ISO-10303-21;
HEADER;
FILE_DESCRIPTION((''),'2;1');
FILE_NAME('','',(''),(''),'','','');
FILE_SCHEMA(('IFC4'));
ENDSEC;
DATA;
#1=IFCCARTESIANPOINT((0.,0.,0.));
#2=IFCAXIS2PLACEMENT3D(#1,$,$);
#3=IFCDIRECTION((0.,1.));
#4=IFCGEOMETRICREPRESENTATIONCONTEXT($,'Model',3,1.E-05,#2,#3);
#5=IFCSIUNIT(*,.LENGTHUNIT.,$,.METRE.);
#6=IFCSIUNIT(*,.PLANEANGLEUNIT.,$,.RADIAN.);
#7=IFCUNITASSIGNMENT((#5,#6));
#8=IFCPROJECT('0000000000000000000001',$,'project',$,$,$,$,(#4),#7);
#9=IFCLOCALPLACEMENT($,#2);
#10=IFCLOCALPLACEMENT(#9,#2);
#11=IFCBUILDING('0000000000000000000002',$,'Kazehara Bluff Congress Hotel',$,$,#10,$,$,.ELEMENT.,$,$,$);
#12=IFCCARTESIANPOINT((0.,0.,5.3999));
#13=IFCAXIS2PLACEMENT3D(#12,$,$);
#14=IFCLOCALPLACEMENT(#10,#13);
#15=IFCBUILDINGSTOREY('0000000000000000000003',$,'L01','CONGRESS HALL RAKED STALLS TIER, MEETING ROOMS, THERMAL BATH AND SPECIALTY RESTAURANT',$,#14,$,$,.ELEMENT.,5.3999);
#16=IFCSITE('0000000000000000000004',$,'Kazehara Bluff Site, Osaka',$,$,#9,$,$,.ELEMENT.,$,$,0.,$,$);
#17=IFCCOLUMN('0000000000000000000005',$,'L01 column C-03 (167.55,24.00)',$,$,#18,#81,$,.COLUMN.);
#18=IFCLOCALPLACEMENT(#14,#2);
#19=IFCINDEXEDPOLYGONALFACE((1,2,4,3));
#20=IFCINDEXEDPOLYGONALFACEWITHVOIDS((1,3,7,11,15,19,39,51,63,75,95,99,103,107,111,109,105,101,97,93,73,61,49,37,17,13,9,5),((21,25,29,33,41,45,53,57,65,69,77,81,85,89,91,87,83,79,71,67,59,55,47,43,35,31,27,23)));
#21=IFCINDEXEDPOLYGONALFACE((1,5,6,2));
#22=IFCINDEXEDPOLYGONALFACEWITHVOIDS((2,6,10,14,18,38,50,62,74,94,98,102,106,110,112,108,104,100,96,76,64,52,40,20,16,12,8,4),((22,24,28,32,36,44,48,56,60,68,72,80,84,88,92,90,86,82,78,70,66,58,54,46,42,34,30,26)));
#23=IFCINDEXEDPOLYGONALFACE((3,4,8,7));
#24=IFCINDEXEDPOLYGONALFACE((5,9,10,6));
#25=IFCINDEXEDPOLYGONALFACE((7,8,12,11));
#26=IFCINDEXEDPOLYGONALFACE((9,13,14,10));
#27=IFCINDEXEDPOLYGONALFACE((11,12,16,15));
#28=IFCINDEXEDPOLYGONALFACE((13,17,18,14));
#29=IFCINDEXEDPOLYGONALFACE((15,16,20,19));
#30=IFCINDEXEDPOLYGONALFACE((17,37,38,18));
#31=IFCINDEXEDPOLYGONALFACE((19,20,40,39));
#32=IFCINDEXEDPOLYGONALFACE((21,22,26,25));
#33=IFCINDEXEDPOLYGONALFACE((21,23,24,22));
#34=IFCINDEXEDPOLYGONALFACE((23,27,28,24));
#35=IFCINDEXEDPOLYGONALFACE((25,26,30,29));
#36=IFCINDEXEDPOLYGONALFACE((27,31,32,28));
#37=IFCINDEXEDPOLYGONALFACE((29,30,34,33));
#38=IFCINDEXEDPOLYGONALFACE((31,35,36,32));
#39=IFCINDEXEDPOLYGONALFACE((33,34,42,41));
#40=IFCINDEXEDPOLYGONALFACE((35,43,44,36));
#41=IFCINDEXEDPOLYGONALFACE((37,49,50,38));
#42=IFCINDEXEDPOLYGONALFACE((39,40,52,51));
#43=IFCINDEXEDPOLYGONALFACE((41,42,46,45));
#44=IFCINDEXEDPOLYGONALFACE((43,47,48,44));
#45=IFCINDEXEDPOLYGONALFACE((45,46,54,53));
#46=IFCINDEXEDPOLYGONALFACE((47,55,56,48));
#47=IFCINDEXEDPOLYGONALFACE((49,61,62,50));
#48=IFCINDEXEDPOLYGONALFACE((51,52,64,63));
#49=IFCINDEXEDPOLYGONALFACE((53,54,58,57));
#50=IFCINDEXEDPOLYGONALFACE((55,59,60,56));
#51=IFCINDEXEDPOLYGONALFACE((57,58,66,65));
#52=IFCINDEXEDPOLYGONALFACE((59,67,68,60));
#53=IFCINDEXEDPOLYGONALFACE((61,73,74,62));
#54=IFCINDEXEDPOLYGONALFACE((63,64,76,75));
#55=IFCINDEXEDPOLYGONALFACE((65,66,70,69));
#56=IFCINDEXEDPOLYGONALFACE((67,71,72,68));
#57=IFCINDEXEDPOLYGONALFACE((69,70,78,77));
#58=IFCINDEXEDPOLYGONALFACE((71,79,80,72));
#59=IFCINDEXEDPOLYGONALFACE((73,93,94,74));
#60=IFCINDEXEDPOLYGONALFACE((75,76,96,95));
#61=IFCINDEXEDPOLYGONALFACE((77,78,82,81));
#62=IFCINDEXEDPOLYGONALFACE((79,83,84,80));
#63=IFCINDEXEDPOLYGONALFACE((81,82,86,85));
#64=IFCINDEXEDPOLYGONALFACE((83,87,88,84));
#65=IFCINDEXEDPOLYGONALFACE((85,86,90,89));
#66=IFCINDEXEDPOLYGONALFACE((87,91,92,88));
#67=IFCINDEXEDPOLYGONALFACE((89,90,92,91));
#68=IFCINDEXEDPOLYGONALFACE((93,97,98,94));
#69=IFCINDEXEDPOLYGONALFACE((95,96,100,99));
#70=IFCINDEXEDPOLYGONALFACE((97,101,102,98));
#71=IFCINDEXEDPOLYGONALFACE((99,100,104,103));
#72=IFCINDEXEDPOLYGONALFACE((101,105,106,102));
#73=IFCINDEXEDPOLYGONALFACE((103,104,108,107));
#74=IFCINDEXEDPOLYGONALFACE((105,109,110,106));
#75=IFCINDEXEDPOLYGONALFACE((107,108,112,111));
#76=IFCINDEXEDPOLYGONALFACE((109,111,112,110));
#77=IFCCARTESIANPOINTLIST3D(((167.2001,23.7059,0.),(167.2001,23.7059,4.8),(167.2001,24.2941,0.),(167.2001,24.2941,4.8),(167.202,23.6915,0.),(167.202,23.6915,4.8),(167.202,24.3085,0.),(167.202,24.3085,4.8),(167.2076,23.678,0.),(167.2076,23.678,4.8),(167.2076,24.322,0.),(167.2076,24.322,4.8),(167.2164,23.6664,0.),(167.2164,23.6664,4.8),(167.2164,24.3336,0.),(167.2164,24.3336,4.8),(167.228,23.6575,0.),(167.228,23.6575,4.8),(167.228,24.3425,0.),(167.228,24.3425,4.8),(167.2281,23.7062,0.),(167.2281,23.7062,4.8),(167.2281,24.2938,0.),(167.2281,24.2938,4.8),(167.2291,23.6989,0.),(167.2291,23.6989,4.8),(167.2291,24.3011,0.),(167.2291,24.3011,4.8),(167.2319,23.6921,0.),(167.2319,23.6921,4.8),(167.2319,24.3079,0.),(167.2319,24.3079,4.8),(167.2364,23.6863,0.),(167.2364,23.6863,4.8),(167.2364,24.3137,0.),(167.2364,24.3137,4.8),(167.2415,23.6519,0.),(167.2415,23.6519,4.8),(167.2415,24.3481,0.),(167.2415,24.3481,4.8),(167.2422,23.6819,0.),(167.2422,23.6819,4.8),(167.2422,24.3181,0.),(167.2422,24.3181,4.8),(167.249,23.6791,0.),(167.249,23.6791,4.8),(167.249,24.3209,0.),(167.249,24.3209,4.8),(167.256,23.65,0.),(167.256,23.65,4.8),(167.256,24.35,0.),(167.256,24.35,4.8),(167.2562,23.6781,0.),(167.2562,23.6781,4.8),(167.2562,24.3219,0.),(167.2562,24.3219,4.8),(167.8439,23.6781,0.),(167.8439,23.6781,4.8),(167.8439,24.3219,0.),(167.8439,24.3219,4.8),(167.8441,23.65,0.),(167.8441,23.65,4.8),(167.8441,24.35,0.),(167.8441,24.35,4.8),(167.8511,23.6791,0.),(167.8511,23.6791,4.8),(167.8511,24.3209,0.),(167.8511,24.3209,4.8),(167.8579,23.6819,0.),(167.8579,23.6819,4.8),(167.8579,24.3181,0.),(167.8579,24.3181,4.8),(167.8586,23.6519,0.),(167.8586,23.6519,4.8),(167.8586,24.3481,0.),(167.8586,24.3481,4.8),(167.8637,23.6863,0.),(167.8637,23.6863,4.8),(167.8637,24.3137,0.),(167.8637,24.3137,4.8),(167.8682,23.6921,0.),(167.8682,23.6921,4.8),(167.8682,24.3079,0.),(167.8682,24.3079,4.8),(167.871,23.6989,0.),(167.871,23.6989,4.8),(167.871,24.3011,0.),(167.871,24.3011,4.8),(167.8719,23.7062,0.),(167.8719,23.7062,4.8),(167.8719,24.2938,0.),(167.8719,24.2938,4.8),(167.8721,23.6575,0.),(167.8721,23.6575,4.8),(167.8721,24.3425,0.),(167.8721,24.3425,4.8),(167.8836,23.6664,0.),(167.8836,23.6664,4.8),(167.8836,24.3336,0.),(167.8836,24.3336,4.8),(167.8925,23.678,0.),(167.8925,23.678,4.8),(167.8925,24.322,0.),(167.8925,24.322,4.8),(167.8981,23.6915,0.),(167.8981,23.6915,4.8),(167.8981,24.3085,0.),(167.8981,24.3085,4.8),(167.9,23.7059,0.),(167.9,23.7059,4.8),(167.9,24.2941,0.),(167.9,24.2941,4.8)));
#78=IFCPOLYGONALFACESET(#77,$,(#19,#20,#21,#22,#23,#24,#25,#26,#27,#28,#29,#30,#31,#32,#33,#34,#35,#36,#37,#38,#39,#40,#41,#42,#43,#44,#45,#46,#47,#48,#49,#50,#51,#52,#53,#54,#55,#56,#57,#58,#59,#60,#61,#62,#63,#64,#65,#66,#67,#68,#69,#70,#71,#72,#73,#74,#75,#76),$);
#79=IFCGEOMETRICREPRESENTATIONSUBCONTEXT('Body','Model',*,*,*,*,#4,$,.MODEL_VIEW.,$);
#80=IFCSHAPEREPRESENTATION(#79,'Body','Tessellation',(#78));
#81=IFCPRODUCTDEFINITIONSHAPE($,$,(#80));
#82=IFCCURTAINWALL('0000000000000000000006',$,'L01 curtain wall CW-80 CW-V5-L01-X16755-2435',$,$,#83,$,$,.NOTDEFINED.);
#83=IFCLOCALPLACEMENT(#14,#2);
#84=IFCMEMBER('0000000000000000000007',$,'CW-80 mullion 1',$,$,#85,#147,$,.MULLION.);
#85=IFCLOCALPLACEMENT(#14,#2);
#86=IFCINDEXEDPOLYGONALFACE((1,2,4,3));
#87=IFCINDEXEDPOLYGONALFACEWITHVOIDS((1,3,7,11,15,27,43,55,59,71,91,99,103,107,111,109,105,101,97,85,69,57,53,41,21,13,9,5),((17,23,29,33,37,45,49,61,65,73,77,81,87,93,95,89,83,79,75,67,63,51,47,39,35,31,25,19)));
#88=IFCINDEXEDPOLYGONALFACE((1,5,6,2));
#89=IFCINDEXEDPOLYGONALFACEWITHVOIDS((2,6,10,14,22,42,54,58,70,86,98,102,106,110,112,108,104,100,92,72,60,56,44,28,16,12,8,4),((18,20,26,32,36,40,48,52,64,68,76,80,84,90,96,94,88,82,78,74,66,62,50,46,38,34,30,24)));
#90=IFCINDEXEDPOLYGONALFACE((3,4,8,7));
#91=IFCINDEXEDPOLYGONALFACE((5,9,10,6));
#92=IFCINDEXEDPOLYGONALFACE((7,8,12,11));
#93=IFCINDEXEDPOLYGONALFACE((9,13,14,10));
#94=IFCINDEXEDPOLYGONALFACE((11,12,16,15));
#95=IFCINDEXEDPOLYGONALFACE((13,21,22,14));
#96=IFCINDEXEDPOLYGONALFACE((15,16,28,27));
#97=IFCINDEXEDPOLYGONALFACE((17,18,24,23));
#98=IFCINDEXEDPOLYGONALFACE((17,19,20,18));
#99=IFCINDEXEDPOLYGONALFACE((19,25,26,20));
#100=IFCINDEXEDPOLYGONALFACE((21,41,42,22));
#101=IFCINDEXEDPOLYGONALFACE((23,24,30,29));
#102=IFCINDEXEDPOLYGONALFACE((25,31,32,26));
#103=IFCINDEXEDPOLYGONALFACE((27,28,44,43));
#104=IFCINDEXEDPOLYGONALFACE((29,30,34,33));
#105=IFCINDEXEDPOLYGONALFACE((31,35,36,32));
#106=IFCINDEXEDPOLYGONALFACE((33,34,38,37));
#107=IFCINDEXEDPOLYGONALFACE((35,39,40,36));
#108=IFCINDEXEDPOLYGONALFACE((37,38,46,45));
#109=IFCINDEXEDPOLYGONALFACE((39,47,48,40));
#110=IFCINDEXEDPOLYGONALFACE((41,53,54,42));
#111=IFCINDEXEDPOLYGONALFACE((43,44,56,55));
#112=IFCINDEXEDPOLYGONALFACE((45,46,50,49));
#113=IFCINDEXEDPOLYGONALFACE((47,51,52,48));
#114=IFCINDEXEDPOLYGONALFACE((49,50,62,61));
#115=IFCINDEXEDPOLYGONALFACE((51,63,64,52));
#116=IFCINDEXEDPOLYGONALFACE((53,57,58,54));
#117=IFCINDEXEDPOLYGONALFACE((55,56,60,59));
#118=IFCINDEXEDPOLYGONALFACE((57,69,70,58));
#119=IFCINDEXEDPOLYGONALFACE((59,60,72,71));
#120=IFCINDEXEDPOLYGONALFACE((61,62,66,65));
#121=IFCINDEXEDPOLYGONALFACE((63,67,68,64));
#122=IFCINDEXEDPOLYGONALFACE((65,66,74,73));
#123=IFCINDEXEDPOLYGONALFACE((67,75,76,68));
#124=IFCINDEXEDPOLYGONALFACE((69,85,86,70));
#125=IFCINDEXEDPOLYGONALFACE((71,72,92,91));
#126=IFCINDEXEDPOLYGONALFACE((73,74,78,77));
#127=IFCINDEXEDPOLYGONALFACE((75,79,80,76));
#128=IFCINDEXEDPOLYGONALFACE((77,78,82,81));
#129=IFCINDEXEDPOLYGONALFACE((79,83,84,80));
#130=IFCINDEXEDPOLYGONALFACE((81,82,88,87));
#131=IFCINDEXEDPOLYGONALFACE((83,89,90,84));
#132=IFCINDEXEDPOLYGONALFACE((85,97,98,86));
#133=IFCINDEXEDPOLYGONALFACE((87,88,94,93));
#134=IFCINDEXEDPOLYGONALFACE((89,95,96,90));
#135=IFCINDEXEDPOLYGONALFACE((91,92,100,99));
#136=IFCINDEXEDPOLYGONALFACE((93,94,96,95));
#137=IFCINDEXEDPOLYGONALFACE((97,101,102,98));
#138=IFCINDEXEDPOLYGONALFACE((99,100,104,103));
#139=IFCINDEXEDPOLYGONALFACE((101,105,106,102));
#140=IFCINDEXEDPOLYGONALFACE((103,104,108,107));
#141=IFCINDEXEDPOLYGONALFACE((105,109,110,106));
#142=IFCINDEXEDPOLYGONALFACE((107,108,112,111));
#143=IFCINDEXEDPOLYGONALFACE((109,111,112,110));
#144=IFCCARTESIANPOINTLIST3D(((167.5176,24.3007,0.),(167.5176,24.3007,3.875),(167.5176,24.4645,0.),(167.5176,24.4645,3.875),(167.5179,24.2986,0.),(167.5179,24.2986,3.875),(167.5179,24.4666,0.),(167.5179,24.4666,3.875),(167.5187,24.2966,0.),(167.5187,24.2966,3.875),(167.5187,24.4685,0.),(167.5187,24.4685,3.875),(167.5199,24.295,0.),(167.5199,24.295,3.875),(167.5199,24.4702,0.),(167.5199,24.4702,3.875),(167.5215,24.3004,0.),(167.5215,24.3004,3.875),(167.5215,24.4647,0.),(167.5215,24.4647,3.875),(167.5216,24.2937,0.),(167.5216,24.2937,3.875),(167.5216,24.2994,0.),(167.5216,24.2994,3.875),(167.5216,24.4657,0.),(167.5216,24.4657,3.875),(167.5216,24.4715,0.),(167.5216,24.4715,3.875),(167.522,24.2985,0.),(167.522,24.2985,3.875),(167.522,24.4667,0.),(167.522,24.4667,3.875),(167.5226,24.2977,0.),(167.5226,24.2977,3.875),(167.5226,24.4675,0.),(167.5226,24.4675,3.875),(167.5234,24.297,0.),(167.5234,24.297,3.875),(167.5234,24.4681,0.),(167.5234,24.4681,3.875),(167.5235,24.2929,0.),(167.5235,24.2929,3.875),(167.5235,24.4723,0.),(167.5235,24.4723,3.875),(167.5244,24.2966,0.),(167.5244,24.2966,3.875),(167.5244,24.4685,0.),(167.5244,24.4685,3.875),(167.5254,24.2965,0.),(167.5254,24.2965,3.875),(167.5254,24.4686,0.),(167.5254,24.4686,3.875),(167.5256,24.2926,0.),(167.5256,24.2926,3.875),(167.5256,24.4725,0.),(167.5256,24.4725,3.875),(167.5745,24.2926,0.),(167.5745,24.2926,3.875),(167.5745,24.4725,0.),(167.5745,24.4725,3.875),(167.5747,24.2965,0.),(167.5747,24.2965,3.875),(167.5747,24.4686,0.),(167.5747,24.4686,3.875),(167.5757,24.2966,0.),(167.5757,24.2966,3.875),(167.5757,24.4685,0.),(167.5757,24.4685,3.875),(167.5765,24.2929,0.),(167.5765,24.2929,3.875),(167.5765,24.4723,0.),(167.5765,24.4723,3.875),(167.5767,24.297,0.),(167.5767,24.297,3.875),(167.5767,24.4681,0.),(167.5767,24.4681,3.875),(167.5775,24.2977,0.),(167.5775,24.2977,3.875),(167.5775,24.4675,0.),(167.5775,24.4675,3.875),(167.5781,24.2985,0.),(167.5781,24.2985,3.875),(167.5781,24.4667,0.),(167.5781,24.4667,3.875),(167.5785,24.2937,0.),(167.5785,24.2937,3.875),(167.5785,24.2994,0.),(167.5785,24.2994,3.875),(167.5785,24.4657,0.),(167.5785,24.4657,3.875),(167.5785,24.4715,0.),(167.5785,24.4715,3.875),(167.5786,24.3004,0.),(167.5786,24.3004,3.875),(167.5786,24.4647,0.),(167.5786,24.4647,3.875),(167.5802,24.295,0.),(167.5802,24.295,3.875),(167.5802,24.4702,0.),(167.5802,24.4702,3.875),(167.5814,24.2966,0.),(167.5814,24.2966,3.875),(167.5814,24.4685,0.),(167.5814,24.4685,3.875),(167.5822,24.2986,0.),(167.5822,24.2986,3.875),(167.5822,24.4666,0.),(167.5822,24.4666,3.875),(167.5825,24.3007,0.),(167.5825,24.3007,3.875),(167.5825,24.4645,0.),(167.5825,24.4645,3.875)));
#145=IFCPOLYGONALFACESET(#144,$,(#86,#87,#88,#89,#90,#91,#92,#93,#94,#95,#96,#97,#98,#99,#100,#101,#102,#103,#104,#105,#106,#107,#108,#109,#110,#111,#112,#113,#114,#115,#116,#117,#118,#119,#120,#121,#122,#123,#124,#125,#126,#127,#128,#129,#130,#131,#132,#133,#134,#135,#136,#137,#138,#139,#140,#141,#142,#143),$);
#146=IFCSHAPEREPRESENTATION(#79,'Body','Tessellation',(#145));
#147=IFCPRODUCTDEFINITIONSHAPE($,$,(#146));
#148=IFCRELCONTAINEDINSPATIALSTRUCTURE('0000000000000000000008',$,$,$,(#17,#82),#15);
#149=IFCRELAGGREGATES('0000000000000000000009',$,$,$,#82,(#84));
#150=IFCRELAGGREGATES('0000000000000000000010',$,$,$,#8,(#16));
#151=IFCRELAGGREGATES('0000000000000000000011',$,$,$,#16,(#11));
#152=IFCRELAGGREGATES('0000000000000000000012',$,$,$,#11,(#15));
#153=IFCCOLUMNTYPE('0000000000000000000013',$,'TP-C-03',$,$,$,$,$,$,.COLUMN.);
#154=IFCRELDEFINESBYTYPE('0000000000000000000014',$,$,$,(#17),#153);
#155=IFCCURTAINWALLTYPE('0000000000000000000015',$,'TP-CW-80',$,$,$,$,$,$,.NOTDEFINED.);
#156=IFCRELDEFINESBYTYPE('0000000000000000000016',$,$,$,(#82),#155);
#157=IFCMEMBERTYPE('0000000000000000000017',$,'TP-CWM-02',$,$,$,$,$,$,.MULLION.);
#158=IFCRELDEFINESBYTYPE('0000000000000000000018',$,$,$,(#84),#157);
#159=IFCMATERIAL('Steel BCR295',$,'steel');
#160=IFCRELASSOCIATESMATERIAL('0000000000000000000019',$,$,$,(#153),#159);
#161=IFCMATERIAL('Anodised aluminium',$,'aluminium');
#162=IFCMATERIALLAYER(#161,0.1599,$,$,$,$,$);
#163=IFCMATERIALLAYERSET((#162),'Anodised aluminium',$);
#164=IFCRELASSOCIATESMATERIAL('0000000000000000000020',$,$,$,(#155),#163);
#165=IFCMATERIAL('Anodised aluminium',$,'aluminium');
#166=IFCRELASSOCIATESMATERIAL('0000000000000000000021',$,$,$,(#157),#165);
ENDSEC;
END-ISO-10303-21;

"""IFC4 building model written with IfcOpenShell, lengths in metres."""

from ifc_helpers import new_model, si_unit, direction, frame, origin, origin_2d, place, context, subcontext, project, spatial, hollow_rectangle, extrude, material, layer, layer_set, material_profile, profile_set, type_object, element, aggregate, save


model = new_model("IFC4")

# Units and contexts
model_context = context("Model", 3, precision=1e-05, world=origin(), true_north=direction((0.0, 1.0)))
body_context = subcontext(model_context, "Body", "Model", "MODEL_VIEW")
ifc_project = project(units=[si_unit("LENGTHUNIT", "METRE"), si_unit("PLANEANGLEUNIT", "RADIAN")], contexts=[model_context])

# Site, building, storey
site_placement = place(None, origin())
site = spatial("IfcSite", under=ifc_project, at=site_placement, Name="Kazehara Bluff Site, Osaka", CompositionType="ELEMENT", RefElevation=0.0)
building_placement = place(site_placement, origin())
building = spatial("IfcBuilding", under=site, at=building_placement, Name="Kazehara Bluff Congress Hotel", CompositionType="ELEMENT")
storey_placement = place(building_placement, frame((0.0, 0.0, 5.3999)))
storey = spatial("IfcBuildingStorey", under=building, at=storey_placement, Name="L01", Description="CONGRESS HALL RAKED STALLS TIER, MEETING ROOMS, THERMAL BATH AND SPECIALTY RESTAURANT", CompositionType="ELEMENT", Elevation=5.3999)

# Column
ifc_material_1 = material(Name="Steel BCR295", Category="steel")
ifc_material_profile_1 = material_profile(ifc_material_1, hollow_rectangle(XDim=0.7, YDim=0.7, WallThickness=0.0281, InnerFilletRadius=0.0281, OuterFilletRadius=0.0559, at=origin_2d()))
ifc_profile_set_1 = profile_set([ifc_material_profile_1], Name="Steel BCR295")
column_type = type_object("IfcColumnType", Name="TP-C-03", PredefinedType="COLUMN", material=ifc_profile_set_1)
column_placement = place(storey_placement, frame((167.55, 24.0, 0.0), z_axis=(0.0, 0.0, 1.0), x_axis=(1.0, 0.0, 0.0)))
element("IfcColumn", 1, at=column_placement, inside=storey, type_object=column_type, Name="L01 column C-03 (167.55,24.00)", PredefinedType="COLUMN", context=body_context, shape_type="SweptSolid", body=[
    extrude(hollow_rectangle(XDim=0.7, YDim=0.7, WallThickness=0.0281, InnerFilletRadius=0.0281, OuterFilletRadius=0.0559, at=origin_2d()), origin(), (0.0, 0.0, 1.0), 4.8),
])

# Curtain wall, member
ifc_material_2 = material(Name="Anodised aluminium", Category="aluminium")
ifc_layer_1 = layer(ifc_material_2, 0.1599)
ifc_layer_set_1 = layer_set([ifc_layer_1], Name="Anodised aluminium")
curtain_wall_type_1 = type_object("IfcCurtainWallType", Name="TP-CW-80", PredefinedType="NOTDEFINED", material=ifc_layer_set_1)
curtain_wall_1_placement = place(storey_placement, origin())
curtain_wall_1 = element("IfcCurtainWall", 2, at=curtain_wall_1_placement, inside=storey, type_object=curtain_wall_type_1, Name="L01 curtain wall CW-80 CW-V5-L01-X16755-2435", PredefinedType="NOTDEFINED")
ifc_material_3 = material(Name="Anodised aluminium", Category="aluminium")
ifc_material_profile_2 = material_profile(ifc_material_3, hollow_rectangle(XDim=0.0649, YDim=0.1799, WallThickness=0.0039, InnerFilletRadius=0.0039, OuterFilletRadius=0.0081, at=origin_2d()))
ifc_profile_set_2 = profile_set([ifc_material_profile_2], Name="Anodised aluminium")
member_type_1 = type_object("IfcMemberType", Name="TP-CWM-02", PredefinedType="MULLION", material=ifc_profile_set_2)
member_1_placement = place(storey_placement, frame((167.55, 24.3826, 0.0), z_axis=(0.0, 0.0, 1.0), x_axis=(-1.0, 0.0, 0.0)))
member_1 = element("IfcMember", 3, at=member_1_placement, type_object=member_type_1, Name="CW-80 mullion 1", PredefinedType="MULLION", context=body_context, shape_type="SweptSolid", body=[
    extrude(hollow_rectangle(XDim=0.0649, YDim=0.1799, WallThickness=0.0039, InnerFilletRadius=0.0039, OuterFilletRadius=0.0081, at=origin_2d()), origin(), (0.0, 0.0, 1.0), 3.875),
])

aggregate(curtain_wall_1, [member_1])

save(model, "model.ifc")
